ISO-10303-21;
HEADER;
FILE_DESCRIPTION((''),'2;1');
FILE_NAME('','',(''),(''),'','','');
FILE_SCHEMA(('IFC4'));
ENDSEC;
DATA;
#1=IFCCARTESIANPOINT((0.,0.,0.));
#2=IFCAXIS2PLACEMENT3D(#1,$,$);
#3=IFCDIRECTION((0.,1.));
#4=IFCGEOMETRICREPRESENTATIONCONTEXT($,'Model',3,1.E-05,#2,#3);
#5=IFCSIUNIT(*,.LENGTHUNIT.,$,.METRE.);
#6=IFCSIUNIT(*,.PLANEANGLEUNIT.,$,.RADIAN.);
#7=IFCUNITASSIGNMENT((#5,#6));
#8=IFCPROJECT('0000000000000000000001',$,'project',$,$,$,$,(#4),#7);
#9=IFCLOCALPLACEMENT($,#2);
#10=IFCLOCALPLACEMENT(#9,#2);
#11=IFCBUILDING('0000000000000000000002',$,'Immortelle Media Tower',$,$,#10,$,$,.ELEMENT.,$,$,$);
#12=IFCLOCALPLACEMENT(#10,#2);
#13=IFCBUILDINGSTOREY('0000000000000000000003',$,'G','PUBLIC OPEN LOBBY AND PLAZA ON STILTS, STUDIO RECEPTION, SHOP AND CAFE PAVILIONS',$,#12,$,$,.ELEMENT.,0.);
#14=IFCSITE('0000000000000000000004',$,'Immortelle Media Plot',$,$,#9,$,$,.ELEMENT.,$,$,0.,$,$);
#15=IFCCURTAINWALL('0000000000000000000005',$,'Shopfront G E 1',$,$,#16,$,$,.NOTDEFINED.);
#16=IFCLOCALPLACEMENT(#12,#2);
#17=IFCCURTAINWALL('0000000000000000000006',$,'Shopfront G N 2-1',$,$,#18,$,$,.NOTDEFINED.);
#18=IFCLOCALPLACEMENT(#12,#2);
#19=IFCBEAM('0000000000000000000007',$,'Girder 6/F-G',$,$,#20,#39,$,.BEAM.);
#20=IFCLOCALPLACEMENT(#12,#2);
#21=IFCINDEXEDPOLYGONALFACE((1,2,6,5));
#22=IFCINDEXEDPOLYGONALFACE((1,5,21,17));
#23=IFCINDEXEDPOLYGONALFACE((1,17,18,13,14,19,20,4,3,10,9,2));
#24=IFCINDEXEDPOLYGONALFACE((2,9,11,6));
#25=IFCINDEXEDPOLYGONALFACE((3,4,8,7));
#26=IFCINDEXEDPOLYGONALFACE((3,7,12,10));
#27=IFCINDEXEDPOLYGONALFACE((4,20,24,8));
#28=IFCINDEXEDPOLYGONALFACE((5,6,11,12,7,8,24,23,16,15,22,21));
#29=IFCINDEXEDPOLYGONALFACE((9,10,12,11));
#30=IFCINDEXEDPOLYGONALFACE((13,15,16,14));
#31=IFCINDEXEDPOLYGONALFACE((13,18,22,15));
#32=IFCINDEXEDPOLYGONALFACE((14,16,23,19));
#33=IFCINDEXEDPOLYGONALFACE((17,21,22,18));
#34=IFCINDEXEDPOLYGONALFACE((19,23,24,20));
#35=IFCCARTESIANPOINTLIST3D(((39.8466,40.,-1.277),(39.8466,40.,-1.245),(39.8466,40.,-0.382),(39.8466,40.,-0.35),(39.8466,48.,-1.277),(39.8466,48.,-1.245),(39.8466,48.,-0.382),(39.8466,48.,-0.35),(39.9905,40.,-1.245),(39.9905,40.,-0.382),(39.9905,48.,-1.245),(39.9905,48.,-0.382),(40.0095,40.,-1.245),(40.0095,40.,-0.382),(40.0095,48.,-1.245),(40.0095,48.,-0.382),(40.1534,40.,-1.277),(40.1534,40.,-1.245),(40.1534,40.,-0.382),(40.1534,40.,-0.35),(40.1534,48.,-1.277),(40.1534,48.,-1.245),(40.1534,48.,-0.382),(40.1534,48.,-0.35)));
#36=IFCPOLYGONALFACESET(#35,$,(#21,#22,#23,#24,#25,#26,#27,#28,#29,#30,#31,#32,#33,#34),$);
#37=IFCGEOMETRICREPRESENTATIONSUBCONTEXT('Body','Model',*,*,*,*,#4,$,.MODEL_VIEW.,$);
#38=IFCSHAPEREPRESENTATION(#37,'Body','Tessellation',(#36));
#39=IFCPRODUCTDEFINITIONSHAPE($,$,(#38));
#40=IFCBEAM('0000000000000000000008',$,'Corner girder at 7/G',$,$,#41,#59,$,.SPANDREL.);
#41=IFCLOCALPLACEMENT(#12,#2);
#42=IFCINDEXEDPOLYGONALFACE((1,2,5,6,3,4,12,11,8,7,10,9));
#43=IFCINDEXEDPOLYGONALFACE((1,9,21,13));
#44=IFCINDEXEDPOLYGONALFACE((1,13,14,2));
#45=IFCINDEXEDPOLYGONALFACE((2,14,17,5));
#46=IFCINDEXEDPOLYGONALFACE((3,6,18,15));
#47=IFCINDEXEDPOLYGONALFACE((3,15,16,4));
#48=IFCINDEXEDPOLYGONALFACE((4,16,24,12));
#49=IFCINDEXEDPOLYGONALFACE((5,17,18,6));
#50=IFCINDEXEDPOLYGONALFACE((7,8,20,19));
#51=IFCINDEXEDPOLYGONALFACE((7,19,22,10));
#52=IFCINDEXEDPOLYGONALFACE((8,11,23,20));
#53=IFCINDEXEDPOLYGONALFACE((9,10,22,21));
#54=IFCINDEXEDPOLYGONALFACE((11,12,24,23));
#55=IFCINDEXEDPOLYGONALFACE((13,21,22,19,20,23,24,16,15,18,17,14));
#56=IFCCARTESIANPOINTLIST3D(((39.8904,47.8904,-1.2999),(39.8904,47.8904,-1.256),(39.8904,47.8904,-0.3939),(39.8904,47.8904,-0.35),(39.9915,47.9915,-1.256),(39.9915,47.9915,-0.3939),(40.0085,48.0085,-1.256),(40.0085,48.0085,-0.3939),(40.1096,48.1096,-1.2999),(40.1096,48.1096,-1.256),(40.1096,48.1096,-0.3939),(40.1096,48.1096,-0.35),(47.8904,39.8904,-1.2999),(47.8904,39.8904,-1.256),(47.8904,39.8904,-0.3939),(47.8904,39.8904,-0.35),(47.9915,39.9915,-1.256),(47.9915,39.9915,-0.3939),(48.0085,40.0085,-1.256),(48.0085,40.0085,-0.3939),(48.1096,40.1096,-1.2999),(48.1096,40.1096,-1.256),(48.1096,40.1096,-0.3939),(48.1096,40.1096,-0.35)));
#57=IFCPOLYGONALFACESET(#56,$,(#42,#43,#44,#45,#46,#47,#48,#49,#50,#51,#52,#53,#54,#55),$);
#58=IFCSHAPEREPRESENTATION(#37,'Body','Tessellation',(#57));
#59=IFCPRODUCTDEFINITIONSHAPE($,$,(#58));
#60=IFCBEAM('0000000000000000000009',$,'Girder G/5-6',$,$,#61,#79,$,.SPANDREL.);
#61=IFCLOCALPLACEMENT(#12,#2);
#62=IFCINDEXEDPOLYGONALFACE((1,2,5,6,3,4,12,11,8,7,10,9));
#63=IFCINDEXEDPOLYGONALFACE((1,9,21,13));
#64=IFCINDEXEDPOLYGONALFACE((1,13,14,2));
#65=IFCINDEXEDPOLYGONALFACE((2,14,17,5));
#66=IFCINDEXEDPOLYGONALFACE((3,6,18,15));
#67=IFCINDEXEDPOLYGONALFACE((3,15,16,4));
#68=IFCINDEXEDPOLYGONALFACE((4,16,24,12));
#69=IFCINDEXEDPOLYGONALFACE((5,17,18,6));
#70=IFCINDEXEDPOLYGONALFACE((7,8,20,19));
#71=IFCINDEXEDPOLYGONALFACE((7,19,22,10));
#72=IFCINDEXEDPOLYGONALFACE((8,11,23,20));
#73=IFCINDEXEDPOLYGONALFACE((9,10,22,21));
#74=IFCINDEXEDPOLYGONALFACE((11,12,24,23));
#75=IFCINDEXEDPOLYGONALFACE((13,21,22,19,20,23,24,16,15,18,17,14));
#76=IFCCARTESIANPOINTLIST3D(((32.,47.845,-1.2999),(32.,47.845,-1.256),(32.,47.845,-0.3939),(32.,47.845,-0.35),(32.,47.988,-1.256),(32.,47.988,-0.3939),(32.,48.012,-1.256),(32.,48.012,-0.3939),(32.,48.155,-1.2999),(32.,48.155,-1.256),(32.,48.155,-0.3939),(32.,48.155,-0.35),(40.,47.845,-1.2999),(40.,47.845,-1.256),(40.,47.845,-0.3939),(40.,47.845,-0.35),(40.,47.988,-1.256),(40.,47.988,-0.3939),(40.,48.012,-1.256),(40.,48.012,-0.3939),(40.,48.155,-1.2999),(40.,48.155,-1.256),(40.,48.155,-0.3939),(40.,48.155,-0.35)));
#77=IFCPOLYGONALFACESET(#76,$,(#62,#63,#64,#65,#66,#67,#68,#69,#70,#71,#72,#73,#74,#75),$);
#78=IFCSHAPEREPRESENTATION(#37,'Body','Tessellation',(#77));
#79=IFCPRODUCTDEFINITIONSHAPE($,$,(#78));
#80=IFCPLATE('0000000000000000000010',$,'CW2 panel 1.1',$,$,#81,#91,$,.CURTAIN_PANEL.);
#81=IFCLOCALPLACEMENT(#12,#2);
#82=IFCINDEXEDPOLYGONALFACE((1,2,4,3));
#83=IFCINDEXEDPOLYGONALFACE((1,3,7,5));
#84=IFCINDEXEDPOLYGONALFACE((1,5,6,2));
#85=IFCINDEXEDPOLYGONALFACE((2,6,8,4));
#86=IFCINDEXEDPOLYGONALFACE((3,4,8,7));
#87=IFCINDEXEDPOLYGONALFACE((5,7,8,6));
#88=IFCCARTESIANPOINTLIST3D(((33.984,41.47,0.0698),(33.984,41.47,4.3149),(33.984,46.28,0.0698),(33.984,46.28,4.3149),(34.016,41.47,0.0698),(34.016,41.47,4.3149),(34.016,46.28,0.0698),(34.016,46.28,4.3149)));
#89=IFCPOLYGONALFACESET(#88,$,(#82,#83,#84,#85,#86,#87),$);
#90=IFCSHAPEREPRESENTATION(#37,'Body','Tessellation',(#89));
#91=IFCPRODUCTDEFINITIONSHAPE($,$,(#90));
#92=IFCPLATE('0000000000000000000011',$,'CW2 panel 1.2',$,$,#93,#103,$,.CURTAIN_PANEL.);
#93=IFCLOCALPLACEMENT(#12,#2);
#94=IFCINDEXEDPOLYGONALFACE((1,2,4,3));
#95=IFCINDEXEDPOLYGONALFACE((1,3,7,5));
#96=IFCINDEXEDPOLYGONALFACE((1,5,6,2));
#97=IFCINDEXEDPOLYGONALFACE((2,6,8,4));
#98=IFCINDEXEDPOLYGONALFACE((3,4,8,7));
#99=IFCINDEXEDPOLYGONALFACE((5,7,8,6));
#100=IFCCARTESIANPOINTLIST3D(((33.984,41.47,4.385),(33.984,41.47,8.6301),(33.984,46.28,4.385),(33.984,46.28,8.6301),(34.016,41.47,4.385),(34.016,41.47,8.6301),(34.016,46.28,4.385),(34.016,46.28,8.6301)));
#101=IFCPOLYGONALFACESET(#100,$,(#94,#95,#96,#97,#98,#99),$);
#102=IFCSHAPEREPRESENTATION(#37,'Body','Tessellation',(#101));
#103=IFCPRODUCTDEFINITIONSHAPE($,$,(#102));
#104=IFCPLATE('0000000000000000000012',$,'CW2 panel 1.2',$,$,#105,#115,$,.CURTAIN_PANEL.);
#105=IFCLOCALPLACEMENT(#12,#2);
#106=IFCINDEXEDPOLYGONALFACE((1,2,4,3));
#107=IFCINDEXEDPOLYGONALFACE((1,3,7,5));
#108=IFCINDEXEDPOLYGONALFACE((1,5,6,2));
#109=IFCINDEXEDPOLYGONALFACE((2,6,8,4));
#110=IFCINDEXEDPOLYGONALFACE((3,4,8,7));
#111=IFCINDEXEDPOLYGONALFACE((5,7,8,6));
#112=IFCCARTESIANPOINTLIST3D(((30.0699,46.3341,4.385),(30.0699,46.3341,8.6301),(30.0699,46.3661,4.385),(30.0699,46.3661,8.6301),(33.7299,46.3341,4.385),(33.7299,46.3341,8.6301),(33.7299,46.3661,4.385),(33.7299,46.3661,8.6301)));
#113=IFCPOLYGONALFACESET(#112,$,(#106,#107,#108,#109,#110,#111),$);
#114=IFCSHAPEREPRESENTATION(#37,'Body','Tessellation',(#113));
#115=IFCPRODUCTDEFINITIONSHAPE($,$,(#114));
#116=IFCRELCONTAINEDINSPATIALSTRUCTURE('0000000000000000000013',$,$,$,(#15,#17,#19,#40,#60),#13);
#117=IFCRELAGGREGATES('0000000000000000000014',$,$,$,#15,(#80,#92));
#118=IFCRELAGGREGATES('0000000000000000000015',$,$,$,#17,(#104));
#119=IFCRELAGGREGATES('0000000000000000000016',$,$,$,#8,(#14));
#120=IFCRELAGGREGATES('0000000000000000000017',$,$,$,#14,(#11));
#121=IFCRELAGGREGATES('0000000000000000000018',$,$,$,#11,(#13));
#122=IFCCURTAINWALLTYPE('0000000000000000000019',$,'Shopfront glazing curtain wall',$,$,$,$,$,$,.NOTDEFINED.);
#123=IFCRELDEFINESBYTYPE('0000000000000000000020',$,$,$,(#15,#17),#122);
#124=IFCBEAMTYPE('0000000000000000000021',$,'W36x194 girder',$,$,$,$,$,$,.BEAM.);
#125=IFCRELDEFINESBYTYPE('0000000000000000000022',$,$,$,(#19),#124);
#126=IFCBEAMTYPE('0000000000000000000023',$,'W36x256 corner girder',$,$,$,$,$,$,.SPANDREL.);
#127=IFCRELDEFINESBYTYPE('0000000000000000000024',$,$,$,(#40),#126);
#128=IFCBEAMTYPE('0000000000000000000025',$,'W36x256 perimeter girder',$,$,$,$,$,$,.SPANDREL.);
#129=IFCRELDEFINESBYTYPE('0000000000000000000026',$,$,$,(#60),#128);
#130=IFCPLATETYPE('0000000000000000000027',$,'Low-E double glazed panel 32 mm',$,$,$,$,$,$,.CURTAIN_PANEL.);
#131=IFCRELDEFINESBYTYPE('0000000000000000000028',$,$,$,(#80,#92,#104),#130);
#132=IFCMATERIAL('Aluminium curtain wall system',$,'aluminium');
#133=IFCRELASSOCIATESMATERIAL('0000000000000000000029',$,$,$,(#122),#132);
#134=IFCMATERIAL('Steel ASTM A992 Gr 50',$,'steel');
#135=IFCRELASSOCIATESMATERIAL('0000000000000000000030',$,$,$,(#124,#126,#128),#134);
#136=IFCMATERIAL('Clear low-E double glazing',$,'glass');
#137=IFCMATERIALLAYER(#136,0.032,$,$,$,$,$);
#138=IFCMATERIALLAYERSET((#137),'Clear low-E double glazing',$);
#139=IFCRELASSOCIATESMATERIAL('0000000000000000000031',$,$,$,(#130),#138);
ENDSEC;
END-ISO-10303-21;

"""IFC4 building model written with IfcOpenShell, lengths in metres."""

from ifc_helpers import new_model, si_unit, direction, frame, origin, origin_2d, place, context, subcontext, project, spatial, rectangle, i_section, extrude, material, layer, layer_set, material_profile, profile_set, type_object, element, aggregate, save


model = new_model("IFC4")

# Units and contexts
model_context = context("Model", 3, precision=1e-05, world=origin(), true_north=direction((0.0, 1.0)))
body_context = subcontext(model_context, "Body", "Model", "MODEL_VIEW")
ifc_project = project(units=[si_unit("LENGTHUNIT", "METRE"), si_unit("PLANEANGLEUNIT", "RADIAN")], contexts=[model_context])

# Site, building, storey
site_placement = place(None, origin())
site = spatial("IfcSite", under=ifc_project, at=site_placement, Name="Immortelle Media Plot", CompositionType="ELEMENT", RefElevation=0.0)
building_placement = place(site_placement, origin())
building = spatial("IfcBuilding", under=site, at=building_placement, Name="Immortelle Media Tower", CompositionType="ELEMENT")
storey_placement = place(building_placement, origin())
storey = spatial("IfcBuildingStorey", under=building, at=storey_placement, Name="G", Description="PUBLIC OPEN LOBBY AND PLAZA ON STILTS, STUDIO RECEPTION, SHOP AND CAFE PAVILIONS", CompositionType="ELEMENT", Elevation=0.0)

# Curtain wall
ifc_material_1 = material(Name="Aluminium curtain wall system", Category="aluminium")
curtain_wall_type = type_object("IfcCurtainWallType", Name="Shopfront glazing curtain wall", PredefinedType="NOTDEFINED", material=ifc_material_1)
curtain_wall_1_placement = place(storey_placement, origin())
curtain_wall_1 = element("IfcCurtainWall", 1, at=curtain_wall_1_placement, inside=storey, type_object=curtain_wall_type, Name="Shopfront G E 1", PredefinedType="NOTDEFINED")

# Curtain wall
curtain_wall_2_placement = place(storey_placement, origin())
curtain_wall_2 = element("IfcCurtainWall", 2, at=curtain_wall_2_placement, inside=storey, type_object=curtain_wall_type, Name="Shopfront G N 2-1", PredefinedType="NOTDEFINED")

# Beams
ifc_material_2 = material(Name="Steel ASTM A992 Gr 50", Category="steel")
ifc_material_profile_1 = material_profile(ifc_material_2, i_section(OverallWidth=0.3069, OverallDepth=0.927, WebThickness=0.019, FlangeThickness=0.032, at=origin_2d()), Name="W36x194")
ifc_profile_set_1 = profile_set([ifc_material_profile_1], Name="Steel ASTM A992 Gr 50")
beam_type_1 = type_object("IfcBeamType", Name="W36x194 girder", PredefinedType="BEAM", material=ifc_profile_set_1)
for number, where, z_axis, x_axis, name in (
    (3, (40.0, 40.0, -0.8135), (0.0, 1.0, 0.0), (-1.0, 0.0, 0.0), "Girder 6/F-G"),
):
    element("IfcBeam", number, at=place(storey_placement, frame(where, z_axis=z_axis, x_axis=x_axis)), inside=storey, type_object=beam_type_1, Name=name, PredefinedType="BEAM", context=body_context, shape_type="SweptSolid", body=[
        extrude(i_section(OverallWidth=0.3069, OverallDepth=0.927, WebThickness=0.019, FlangeThickness=0.032, at=origin_2d()), origin(), (0.0, 0.0, 1.0), 8.0),
    ])
ifc_material_profile_2 = material_profile(ifc_material_2, i_section(OverallWidth=0.3101, OverallDepth=0.95, WebThickness=0.0239, FlangeThickness=0.0439, at=origin_2d()), Name="W36x256")
ifc_profile_set_2 = profile_set([ifc_material_profile_2], Name="Steel ASTM A992 Gr 50")
beam_type_2 = type_object("IfcBeamType", Name="W36x256 corner girder", PredefinedType="SPANDREL", material=ifc_profile_set_2)
beam_1_placement = place(storey_placement, frame((40.0, 48.0, -0.825), z_axis=(0.707107, -0.707107, 0.0), x_axis=(0.707107, 0.707107, 0.0)))
element("IfcBeam", 4, at=beam_1_placement, inside=storey, type_object=beam_type_2, Name="Corner girder at 7/G", PredefinedType="SPANDREL", context=body_context, shape_type="SweptSolid", body=[
    extrude(i_section(OverallWidth=0.3101, OverallDepth=0.95, WebThickness=0.0239, FlangeThickness=0.0439, at=origin_2d()), origin(), (0.0, 0.0, 1.0), 11.3137),
])
ifc_material_profile_3 = material_profile(ifc_material_2, i_section(OverallWidth=0.3101, OverallDepth=0.95, WebThickness=0.0239, FlangeThickness=0.0439, at=origin_2d()), Name="W36x256")
ifc_profile_set_3 = profile_set([ifc_material_profile_3], Name="Steel ASTM A992 Gr 50")
beam_type_3 = type_object("IfcBeamType", Name="W36x256 perimeter girder", PredefinedType="SPANDREL", material=ifc_profile_set_3)
beam_2_placement = place(storey_placement, frame((32.0, 48.0, -0.825), z_axis=(1.0, 0.0, 0.0), x_axis=(0.0, 1.0, 0.0)))
element("IfcBeam", 5, at=beam_2_placement, inside=storey, type_object=beam_type_3, Name="Girder G/5-6", PredefinedType="SPANDREL", context=body_context, shape_type="SweptSolid", body=[
    extrude(i_section(OverallWidth=0.3101, OverallDepth=0.95, WebThickness=0.0239, FlangeThickness=0.0439, at=origin_2d()), origin(), (0.0, 0.0, 1.0), 8.0),
])

# Plates
ifc_material_3 = material(Name="Clear low-E double glazing", Category="glass")
ifc_layer = layer(ifc_material_3, 0.032)
ifc_layer_set = layer_set([ifc_layer], Name="Clear low-E double glazing")
plate_type = type_object("IfcPlateType", Name="Low-E double glazed panel 32 mm", PredefinedType="CURTAIN_PANEL", material=ifc_layer_set)
plate_1_placement = place(storey_placement, frame((34.0, 43.875, 0.0698), z_axis=(0.0, 0.0, 1.0), x_axis=(0.0, 1.0, 0.0)))
plate_1 = element("IfcPlate", 6, at=plate_1_placement, type_object=plate_type, Name="CW2 panel 1.1", PredefinedType="CURTAIN_PANEL", context=body_context, shape_type="SweptSolid", body=[
    extrude(rectangle(XDim=4.8101, YDim=0.032, at=origin_2d()), origin(), (0.0, 0.0, 1.0), 4.2451),
])
plate_2_placement = place(storey_placement, frame((34.0, 43.875, 4.385), z_axis=(0.0, 0.0, 1.0), x_axis=(0.0, 1.0, 0.0)))
plate_2 = element("IfcPlate", 7, at=plate_2_placement, type_object=plate_type, Name="CW2 panel 1.2", PredefinedType="CURTAIN_PANEL", context=body_context, shape_type="SweptSolid", body=[
    extrude(rectangle(XDim=4.8101, YDim=0.032, at=origin_2d()), origin(), (0.0, 0.0, 1.0), 4.2451),
])
aggregate(curtain_wall_1, [plate_1, plate_2])
plate_3_placement = place(storey_placement, frame((31.8999, 46.3501, 4.385), z_axis=(0.0, 0.0, 1.0), x_axis=(-1.0, 0.0, 0.0)))
plate_3 = element("IfcPlate", 8, at=plate_3_placement, type_object=plate_type, Name="CW2 panel 1.2", PredefinedType="CURTAIN_PANEL", context=body_context, shape_type="SweptSolid", body=[
    extrude(rectangle(XDim=3.6599, YDim=0.032, at=origin_2d()), origin(), (0.0, 0.0, 1.0), 4.2451),
])
aggregate(curtain_wall_2, [plate_3])

save(model, "model.ifc")
